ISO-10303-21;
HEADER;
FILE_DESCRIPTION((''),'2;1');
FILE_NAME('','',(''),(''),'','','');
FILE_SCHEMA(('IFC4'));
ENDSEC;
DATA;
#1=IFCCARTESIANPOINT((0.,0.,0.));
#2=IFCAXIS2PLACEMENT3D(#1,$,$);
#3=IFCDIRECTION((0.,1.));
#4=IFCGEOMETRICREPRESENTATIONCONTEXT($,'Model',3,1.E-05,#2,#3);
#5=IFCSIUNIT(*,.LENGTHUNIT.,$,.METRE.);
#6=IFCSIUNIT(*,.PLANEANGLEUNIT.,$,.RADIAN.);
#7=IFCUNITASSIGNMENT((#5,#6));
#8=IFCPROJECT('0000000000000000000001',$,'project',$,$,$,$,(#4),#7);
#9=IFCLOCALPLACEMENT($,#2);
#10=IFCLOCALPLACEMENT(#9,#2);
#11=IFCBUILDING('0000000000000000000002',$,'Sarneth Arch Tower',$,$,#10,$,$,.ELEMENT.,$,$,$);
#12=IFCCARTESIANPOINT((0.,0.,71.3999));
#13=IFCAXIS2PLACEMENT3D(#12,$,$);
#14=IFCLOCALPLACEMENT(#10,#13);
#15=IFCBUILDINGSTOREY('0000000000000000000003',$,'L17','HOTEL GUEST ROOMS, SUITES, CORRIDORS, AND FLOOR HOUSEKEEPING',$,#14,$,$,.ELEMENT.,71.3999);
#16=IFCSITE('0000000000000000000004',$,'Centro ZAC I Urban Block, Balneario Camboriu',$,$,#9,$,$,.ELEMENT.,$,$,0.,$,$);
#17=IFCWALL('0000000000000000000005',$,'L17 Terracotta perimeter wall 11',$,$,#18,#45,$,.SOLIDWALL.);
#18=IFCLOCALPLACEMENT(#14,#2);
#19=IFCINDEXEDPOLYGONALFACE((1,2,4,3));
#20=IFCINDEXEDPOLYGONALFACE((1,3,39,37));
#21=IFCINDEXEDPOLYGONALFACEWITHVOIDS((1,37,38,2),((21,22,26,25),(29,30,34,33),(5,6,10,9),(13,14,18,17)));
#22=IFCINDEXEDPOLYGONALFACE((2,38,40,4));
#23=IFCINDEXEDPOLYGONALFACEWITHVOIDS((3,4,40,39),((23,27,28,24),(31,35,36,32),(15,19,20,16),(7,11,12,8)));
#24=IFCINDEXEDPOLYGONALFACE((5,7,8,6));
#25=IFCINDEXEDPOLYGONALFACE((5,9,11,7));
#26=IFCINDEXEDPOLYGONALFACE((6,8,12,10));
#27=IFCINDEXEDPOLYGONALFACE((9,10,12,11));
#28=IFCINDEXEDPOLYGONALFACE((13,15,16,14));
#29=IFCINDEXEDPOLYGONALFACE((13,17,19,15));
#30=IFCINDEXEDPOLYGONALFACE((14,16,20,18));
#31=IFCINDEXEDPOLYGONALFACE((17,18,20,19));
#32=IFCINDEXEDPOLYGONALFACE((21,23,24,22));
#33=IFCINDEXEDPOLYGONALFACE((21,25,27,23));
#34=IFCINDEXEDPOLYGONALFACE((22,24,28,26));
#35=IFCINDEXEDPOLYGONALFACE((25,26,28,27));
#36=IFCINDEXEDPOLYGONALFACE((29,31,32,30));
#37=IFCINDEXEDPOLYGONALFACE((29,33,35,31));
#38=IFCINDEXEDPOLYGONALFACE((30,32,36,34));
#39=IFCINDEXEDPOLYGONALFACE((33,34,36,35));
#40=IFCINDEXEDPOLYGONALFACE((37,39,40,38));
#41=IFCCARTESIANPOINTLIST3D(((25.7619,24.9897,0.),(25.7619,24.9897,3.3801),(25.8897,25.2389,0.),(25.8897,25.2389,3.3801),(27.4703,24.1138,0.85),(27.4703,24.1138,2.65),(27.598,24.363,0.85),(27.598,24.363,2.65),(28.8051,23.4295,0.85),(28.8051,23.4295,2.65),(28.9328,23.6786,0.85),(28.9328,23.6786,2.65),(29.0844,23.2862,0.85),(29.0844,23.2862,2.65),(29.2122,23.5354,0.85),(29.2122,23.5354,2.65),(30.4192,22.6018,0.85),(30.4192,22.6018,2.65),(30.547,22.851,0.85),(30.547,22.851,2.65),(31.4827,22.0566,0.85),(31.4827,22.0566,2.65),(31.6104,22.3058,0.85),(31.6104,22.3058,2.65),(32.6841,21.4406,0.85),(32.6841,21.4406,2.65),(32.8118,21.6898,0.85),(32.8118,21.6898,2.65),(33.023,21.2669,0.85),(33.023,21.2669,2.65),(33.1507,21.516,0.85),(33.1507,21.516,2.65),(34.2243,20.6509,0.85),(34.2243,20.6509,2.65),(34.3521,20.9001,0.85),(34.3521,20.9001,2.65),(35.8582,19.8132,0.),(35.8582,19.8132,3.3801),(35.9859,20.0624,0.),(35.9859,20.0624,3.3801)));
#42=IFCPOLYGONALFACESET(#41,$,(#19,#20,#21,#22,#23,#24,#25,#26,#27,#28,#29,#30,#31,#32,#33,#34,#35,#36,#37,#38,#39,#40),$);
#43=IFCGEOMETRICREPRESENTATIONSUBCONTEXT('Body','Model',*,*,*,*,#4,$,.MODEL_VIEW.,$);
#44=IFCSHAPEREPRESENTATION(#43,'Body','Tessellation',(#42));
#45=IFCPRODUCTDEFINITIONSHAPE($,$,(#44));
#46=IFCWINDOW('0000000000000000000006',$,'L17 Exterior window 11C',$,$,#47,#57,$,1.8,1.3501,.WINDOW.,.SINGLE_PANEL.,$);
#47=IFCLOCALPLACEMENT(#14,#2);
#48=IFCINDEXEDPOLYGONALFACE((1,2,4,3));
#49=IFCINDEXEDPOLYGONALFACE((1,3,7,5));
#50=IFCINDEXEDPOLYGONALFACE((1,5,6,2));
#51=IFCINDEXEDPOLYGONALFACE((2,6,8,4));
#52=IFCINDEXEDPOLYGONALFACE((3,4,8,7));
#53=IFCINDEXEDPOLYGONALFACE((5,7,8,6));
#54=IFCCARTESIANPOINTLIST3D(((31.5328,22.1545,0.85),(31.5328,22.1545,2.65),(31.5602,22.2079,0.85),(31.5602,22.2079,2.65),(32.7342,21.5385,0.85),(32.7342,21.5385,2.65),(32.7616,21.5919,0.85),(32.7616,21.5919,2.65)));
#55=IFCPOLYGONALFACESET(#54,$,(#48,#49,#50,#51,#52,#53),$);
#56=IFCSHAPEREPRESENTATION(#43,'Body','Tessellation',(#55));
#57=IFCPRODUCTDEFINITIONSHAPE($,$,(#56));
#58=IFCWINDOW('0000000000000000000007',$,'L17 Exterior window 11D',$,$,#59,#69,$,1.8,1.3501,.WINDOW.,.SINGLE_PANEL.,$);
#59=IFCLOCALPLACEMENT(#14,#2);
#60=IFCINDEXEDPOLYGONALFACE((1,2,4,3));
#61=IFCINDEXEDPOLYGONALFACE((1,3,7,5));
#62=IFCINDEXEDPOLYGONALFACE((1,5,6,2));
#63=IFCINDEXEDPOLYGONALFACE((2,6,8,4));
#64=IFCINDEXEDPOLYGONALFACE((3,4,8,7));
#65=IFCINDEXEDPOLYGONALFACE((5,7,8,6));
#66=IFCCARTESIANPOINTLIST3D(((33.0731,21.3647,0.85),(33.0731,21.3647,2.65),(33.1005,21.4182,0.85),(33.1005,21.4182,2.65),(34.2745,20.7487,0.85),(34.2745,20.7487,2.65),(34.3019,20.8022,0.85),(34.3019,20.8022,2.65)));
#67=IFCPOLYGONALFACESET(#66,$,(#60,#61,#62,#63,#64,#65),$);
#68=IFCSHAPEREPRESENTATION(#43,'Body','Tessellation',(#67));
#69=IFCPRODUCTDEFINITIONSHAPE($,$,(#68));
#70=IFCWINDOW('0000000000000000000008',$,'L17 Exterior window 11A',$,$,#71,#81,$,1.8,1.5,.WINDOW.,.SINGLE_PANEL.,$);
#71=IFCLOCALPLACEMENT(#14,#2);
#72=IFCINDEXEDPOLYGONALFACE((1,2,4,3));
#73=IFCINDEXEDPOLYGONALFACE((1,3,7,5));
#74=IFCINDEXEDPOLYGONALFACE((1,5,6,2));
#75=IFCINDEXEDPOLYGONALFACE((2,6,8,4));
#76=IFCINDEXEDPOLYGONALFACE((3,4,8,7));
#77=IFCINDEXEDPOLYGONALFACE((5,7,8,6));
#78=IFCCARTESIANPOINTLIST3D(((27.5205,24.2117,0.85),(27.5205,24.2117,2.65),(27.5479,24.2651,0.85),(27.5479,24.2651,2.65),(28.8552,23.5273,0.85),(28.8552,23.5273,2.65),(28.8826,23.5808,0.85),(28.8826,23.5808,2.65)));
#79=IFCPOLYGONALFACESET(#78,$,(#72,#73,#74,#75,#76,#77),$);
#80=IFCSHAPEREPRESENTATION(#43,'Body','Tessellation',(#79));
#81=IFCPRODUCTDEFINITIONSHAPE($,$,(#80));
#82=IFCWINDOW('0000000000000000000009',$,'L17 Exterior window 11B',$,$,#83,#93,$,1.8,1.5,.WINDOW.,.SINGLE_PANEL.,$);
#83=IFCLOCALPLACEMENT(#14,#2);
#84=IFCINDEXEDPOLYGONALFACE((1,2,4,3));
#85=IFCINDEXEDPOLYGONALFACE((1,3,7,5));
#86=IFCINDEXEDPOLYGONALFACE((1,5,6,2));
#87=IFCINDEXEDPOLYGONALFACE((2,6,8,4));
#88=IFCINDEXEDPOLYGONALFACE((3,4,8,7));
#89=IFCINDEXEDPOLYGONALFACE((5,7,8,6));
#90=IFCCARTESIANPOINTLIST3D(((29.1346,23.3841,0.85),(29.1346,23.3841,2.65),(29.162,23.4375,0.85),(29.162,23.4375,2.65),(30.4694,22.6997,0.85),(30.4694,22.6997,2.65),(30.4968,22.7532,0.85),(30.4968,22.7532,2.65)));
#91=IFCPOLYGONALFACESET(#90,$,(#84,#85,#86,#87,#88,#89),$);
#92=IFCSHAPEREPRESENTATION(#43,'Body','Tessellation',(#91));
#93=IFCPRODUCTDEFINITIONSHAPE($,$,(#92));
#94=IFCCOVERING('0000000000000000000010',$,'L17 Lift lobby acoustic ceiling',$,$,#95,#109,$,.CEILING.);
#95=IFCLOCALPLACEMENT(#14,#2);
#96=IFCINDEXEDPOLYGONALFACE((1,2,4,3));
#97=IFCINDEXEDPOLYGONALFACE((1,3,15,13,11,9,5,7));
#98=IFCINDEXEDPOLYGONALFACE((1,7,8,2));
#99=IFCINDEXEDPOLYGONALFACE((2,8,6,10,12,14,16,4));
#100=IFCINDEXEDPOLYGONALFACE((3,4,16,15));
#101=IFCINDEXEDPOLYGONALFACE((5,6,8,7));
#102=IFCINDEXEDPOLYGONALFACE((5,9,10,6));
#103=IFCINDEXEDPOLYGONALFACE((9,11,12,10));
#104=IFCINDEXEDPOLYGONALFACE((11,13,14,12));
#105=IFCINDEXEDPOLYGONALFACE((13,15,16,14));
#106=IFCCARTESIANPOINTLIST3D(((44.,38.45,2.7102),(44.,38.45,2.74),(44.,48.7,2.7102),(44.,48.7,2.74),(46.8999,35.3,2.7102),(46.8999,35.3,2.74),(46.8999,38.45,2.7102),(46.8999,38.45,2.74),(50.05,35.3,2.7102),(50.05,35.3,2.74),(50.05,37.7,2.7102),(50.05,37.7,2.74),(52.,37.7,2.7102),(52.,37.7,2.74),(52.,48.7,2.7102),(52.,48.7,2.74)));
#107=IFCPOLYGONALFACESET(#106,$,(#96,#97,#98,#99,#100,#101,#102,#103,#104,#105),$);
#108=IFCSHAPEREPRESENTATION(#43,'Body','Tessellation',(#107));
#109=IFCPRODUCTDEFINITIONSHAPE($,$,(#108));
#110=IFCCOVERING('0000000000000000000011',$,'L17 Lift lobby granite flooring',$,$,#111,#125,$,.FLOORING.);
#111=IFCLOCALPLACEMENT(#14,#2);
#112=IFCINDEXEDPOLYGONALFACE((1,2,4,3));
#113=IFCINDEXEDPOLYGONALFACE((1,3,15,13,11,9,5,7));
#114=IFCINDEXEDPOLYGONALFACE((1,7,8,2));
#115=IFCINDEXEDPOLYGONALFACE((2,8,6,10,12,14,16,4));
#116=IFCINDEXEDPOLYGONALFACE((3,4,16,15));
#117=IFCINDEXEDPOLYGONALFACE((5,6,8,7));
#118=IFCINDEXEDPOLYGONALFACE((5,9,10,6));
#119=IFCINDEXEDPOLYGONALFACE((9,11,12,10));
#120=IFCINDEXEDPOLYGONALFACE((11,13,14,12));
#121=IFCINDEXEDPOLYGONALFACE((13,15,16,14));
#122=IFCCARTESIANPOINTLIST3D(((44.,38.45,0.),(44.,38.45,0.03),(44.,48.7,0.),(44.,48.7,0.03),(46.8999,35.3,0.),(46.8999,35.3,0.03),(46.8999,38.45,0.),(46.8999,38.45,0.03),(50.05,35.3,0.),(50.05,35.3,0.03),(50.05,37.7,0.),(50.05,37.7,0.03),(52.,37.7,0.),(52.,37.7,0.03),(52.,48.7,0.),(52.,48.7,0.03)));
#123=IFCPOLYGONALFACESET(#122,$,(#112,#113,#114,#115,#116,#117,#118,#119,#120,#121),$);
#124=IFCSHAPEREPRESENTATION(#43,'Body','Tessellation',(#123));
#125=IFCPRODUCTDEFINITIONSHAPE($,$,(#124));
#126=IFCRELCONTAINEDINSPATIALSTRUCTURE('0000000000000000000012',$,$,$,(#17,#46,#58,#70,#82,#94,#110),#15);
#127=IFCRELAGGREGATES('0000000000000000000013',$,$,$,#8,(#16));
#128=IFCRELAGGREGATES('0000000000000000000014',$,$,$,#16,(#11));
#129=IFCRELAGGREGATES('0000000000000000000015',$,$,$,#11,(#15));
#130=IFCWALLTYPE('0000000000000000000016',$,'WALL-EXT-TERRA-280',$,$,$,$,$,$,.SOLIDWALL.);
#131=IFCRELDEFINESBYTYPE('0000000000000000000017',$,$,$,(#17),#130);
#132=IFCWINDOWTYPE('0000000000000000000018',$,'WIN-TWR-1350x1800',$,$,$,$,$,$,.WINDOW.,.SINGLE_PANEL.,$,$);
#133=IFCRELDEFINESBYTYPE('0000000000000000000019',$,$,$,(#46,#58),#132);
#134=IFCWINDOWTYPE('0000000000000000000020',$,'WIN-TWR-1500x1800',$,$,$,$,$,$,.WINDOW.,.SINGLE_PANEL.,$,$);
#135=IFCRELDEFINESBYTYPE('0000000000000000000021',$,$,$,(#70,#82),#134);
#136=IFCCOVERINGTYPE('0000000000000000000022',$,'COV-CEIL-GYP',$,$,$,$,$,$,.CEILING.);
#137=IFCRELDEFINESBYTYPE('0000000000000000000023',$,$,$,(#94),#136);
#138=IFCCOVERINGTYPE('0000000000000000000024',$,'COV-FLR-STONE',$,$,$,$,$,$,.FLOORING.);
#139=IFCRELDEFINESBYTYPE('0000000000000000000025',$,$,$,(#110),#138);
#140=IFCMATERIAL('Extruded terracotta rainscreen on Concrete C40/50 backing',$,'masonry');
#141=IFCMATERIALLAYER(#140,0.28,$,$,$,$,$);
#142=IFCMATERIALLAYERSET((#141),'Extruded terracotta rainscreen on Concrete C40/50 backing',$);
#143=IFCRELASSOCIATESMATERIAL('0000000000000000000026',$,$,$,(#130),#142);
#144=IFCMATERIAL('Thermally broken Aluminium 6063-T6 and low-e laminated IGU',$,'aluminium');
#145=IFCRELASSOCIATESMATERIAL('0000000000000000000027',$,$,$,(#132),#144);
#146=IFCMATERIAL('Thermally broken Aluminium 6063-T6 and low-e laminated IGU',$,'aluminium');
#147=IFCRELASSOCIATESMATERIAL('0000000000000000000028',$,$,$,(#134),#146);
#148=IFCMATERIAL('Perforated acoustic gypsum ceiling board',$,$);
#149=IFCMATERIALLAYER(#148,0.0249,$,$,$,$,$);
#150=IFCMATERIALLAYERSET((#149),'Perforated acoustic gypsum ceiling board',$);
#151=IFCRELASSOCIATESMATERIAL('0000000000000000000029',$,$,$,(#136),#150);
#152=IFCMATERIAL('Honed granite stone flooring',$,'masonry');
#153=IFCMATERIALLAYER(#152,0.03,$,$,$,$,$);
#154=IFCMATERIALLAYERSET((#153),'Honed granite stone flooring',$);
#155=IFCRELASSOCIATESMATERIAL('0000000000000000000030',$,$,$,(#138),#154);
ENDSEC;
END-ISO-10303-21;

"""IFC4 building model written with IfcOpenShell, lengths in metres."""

from ifc_helpers import new_model, si_unit, direction, frame, frame_2d, origin, place, context, subcontext, project, spatial, polyline, rectangle, outline, extrude, material, layer, layer_set, type_object, element, fill, save


model = new_model("IFC4")

# Units and contexts
model_context = context("Model", 3, precision=1e-05, world=origin(), true_north=direction((0.0, 1.0)))
body_context = subcontext(model_context, "Body", "Model", "MODEL_VIEW")
ifc_project = project(units=[si_unit("LENGTHUNIT", "METRE"), si_unit("PLANEANGLEUNIT", "RADIAN")], contexts=[model_context])

# Site, building, storey
site_placement = place(None, origin())
site = spatial("IfcSite", under=ifc_project, at=site_placement, Name="Centro ZAC I Urban Block, Balneario Camboriu", CompositionType="ELEMENT", RefElevation=0.0)
building_placement = place(site_placement, origin())
building = spatial("IfcBuilding", under=site, at=building_placement, Name="Sarneth Arch Tower", CompositionType="ELEMENT")
storey_placement = place(building_placement, frame((0.0, 0.0, 71.3999)))
storey = spatial("IfcBuildingStorey", under=building, at=storey_placement, Name="L17", Description="HOTEL GUEST ROOMS, SUITES, CORRIDORS, AND FLOOR HOUSEKEEPING", CompositionType="ELEMENT", Elevation=71.3999)

# Wall, openings, windows
ifc_material_1 = material(Name="Extruded terracotta rainscreen on Concrete C40/50 backing", Category="masonry")
ifc_layer_1 = layer(ifc_material_1, 0.28)
ifc_layer_set_1 = layer_set([ifc_layer_1], Name="Extruded terracotta rainscreen on Concrete C40/50 backing")
wall_type = type_object("IfcWallType", Name="WALL-EXT-TERRA-280", PredefinedType="SOLIDWALL", material=ifc_layer_set_1)
wall_placement = place(storey_placement, frame((25.8259, 25.1143, 0.0), z_axis=(0.0, 0.0, 1.0), x_axis=(0.889854, -0.456245, 0.0)))
wall = element("IfcWall", 1, at=wall_placement, inside=storey, type_object=wall_type, Name="L17 Terracotta perimeter wall 11", PredefinedType="SOLIDWALL", context=body_context, shape_type="SweptSolid", body=[
    extrude(rectangle(XDim=11.3459, YDim=0.28, at=frame_2d((5.6729, 0.0))), origin(), (0.0, 0.0, 1.0), 3.3801),
])
opening_1_placement = place(wall_placement, frame((1.9197, 0.0, 0.8501)))
opening_1 = element("IfcOpeningElement", 2, at=opening_1_placement, cuts=wall, PredefinedType="OPENING", context=body_context, shape_type="SweptSolid", body=[
    extrude(rectangle(XDim=1.5, YDim=1.8, at=frame_2d((0.75, 0.8999))), frame((0.0, 0.1499, 0.0), z_axis=(0.0, -1.0, 0.0), x_axis=(1.0, 0.0, 0.0)), (0.0, 0.0, 1.0), 0.3),
])
opening_2_placement = place(wall_placement, frame((3.7336, 0.0, 0.8501)))
opening_2 = element("IfcOpeningElement", 3, at=opening_2_placement, cuts=wall, PredefinedType="OPENING", context=body_context, shape_type="SweptSolid", body=[
    extrude(rectangle(XDim=1.5, YDim=1.8, at=frame_2d((0.75, 0.8999))), frame((0.0, 0.1499, 0.0), z_axis=(0.0, -1.0, 0.0), x_axis=(1.0, 0.0, 0.0)), (0.0, 0.0, 1.0), 0.3),
])
opening_3_placement = place(wall_placement, frame((6.4287, 0.0, 0.8501)))
opening_3 = element("IfcOpeningElement", 4, at=opening_3_placement, cuts=wall, PredefinedType="OPENING", context=body_context, shape_type="SweptSolid", body=[
    extrude(rectangle(XDim=1.3501, YDim=1.8, at=frame_2d((0.675, 0.8999))), frame((0.0, 0.1499, 0.0), z_axis=(0.0, -1.0, 0.0), x_axis=(1.0, 0.0, 0.0)), (0.0, 0.0, 1.0), 0.3),
])
opening_4_placement = place(wall_placement, frame((8.1597, 0.0, 0.8501)))
opening_4 = element("IfcOpeningElement", 5, at=opening_4_placement, cuts=wall, PredefinedType="OPENING", context=body_context, shape_type="SweptSolid", body=[
    extrude(rectangle(XDim=1.3501, YDim=1.8, at=frame_2d((0.675, 0.8999))), frame((0.0, 0.1499, 0.0), z_axis=(0.0, -1.0, 0.0), x_axis=(1.0, 0.0, 0.0)), (0.0, 0.0, 1.0), 0.3),
])
ifc_material_2 = material(Name="Thermally broken Aluminium 6063-T6 and low-e laminated IGU", Category="aluminium")
window_type_1 = type_object("IfcWindowType", Name="WIN-TWR-1350x1800", PartitioningType="SINGLE_PANEL", PredefinedType="WINDOW", material=ifc_material_2)
window_1_placement = place(opening_3_placement, origin())
window_1 = element("IfcWindow", 6, at=window_1_placement, inside=storey, type_object=window_type_1, Name="L17 Exterior window 11C", OverallHeight=1.8, OverallWidth=1.3501, PartitioningType="SINGLE_PANEL", PredefinedType="WINDOW", context=body_context, shape_type="SweptSolid", body=[
    extrude(rectangle(XDim=1.3501, YDim=1.8, at=frame_2d((0.675, 0.8999))), frame((0.0, 0.03, 0.0), z_axis=(0.0, -1.0, 0.0), x_axis=(1.0, 0.0, 0.0)), (0.0, 0.0, 1.0), 0.0601),
])
fill(opening_3, window_1)
window_2_placement = place(opening_4_placement, origin())
window_2 = element("IfcWindow", 7, at=window_2_placement, inside=storey, type_object=window_type_1, Name="L17 Exterior window 11D", OverallHeight=1.8, OverallWidth=1.3501, PartitioningType="SINGLE_PANEL", PredefinedType="WINDOW", context=body_context, shape_type="SweptSolid", body=[
    extrude(rectangle(XDim=1.3501, YDim=1.8, at=frame_2d((0.675, 0.8999))), frame((0.0, 0.03, 0.0), z_axis=(0.0, -1.0, 0.0), x_axis=(1.0, 0.0, 0.0)), (0.0, 0.0, 1.0), 0.0601),
])
fill(opening_4, window_2)
ifc_material_3 = material(Name="Thermally broken Aluminium 6063-T6 and low-e laminated IGU", Category="aluminium")
window_type_2 = type_object("IfcWindowType", Name="WIN-TWR-1500x1800", PartitioningType="SINGLE_PANEL", PredefinedType="WINDOW", material=ifc_material_3)
window_3_placement = place(opening_1_placement, origin())
window_3 = element("IfcWindow", 8, at=window_3_placement, inside=storey, type_object=window_type_2, Name="L17 Exterior window 11A", OverallHeight=1.8, OverallWidth=1.5, PartitioningType="SINGLE_PANEL", PredefinedType="WINDOW", context=body_context, shape_type="SweptSolid", body=[
    extrude(rectangle(XDim=1.5, YDim=1.8, at=frame_2d((0.75, 0.8999))), frame((0.0, 0.03, 0.0), z_axis=(0.0, -1.0, 0.0), x_axis=(1.0, 0.0, 0.0)), (0.0, 0.0, 1.0), 0.0601),
])
fill(opening_1, window_3)
window_4_placement = place(opening_2_placement, origin())
window_4 = element("IfcWindow", 9, at=window_4_placement, inside=storey, type_object=window_type_2, Name="L17 Exterior window 11B", OverallHeight=1.8, OverallWidth=1.5, PartitioningType="SINGLE_PANEL", PredefinedType="WINDOW", context=body_context, shape_type="SweptSolid", body=[
    extrude(rectangle(XDim=1.5, YDim=1.8, at=frame_2d((0.75, 0.8999))), frame((0.0, 0.03, 0.0), z_axis=(0.0, -1.0, 0.0), x_axis=(1.0, 0.0, 0.0)), (0.0, 0.0, 1.0), 0.0601),
])
fill(opening_2, window_4)

# Coverings
ifc_material_4 = material(Name="Perforated acoustic gypsum ceiling board")
ifc_layer_2 = layer(ifc_material_4, 0.0249)
ifc_layer_set_2 = layer_set([ifc_layer_2], Name="Perforated acoustic gypsum ceiling board")
covering_type_1 = type_object("IfcCoveringType", Name="COV-CEIL-GYP", PredefinedType="CEILING", material=ifc_layer_set_2)
covering_1_placement = place(storey_placement, frame((0.0, 0.0, 2.7102)))
element("IfcCovering", 10, at=covering_1_placement, inside=storey, type_object=covering_type_1, Name="L17 Lift lobby acoustic ceiling", PredefinedType="CEILING", context=body_context, shape_type="SweptSolid", body=[
    extrude(outline(polyline([(52.0, 37.7), (50.05, 37.7), (50.05, 35.3), (46.8999, 35.3), (46.8999, 38.45), (44.0, 38.45), (44.0, 48.7), (52.0, 48.7), (52.0, 37.7)])), origin(), (0.0, 0.0, 1.0), 0.0298),
])
ifc_material_5 = material(Name="Honed granite stone flooring", Category="masonry")
ifc_layer_3 = layer(ifc_material_5, 0.03)
ifc_layer_set_3 = layer_set([ifc_layer_3], Name="Honed granite stone flooring")
covering_type_2 = type_object("IfcCoveringType", Name="COV-FLR-STONE", PredefinedType="FLOORING", material=ifc_layer_set_3)
covering_2_placement = place(storey_placement, origin())
element("IfcCovering", 11, at=covering_2_placement, inside=storey, type_object=covering_type_2, Name="L17 Lift lobby granite flooring", PredefinedType="FLOORING", context=body_context, shape_type="SweptSolid", body=[
    extrude(outline(polyline([(52.0, 37.7), (50.05, 37.7), (50.05, 35.3), (46.8999, 35.3), (46.8999, 38.45), (44.0, 38.45), (44.0, 48.7), (52.0, 48.7), (52.0, 37.7)])), origin(), (0.0, 0.0, 1.0), 0.03),
])

save(model, "model.ifc")
